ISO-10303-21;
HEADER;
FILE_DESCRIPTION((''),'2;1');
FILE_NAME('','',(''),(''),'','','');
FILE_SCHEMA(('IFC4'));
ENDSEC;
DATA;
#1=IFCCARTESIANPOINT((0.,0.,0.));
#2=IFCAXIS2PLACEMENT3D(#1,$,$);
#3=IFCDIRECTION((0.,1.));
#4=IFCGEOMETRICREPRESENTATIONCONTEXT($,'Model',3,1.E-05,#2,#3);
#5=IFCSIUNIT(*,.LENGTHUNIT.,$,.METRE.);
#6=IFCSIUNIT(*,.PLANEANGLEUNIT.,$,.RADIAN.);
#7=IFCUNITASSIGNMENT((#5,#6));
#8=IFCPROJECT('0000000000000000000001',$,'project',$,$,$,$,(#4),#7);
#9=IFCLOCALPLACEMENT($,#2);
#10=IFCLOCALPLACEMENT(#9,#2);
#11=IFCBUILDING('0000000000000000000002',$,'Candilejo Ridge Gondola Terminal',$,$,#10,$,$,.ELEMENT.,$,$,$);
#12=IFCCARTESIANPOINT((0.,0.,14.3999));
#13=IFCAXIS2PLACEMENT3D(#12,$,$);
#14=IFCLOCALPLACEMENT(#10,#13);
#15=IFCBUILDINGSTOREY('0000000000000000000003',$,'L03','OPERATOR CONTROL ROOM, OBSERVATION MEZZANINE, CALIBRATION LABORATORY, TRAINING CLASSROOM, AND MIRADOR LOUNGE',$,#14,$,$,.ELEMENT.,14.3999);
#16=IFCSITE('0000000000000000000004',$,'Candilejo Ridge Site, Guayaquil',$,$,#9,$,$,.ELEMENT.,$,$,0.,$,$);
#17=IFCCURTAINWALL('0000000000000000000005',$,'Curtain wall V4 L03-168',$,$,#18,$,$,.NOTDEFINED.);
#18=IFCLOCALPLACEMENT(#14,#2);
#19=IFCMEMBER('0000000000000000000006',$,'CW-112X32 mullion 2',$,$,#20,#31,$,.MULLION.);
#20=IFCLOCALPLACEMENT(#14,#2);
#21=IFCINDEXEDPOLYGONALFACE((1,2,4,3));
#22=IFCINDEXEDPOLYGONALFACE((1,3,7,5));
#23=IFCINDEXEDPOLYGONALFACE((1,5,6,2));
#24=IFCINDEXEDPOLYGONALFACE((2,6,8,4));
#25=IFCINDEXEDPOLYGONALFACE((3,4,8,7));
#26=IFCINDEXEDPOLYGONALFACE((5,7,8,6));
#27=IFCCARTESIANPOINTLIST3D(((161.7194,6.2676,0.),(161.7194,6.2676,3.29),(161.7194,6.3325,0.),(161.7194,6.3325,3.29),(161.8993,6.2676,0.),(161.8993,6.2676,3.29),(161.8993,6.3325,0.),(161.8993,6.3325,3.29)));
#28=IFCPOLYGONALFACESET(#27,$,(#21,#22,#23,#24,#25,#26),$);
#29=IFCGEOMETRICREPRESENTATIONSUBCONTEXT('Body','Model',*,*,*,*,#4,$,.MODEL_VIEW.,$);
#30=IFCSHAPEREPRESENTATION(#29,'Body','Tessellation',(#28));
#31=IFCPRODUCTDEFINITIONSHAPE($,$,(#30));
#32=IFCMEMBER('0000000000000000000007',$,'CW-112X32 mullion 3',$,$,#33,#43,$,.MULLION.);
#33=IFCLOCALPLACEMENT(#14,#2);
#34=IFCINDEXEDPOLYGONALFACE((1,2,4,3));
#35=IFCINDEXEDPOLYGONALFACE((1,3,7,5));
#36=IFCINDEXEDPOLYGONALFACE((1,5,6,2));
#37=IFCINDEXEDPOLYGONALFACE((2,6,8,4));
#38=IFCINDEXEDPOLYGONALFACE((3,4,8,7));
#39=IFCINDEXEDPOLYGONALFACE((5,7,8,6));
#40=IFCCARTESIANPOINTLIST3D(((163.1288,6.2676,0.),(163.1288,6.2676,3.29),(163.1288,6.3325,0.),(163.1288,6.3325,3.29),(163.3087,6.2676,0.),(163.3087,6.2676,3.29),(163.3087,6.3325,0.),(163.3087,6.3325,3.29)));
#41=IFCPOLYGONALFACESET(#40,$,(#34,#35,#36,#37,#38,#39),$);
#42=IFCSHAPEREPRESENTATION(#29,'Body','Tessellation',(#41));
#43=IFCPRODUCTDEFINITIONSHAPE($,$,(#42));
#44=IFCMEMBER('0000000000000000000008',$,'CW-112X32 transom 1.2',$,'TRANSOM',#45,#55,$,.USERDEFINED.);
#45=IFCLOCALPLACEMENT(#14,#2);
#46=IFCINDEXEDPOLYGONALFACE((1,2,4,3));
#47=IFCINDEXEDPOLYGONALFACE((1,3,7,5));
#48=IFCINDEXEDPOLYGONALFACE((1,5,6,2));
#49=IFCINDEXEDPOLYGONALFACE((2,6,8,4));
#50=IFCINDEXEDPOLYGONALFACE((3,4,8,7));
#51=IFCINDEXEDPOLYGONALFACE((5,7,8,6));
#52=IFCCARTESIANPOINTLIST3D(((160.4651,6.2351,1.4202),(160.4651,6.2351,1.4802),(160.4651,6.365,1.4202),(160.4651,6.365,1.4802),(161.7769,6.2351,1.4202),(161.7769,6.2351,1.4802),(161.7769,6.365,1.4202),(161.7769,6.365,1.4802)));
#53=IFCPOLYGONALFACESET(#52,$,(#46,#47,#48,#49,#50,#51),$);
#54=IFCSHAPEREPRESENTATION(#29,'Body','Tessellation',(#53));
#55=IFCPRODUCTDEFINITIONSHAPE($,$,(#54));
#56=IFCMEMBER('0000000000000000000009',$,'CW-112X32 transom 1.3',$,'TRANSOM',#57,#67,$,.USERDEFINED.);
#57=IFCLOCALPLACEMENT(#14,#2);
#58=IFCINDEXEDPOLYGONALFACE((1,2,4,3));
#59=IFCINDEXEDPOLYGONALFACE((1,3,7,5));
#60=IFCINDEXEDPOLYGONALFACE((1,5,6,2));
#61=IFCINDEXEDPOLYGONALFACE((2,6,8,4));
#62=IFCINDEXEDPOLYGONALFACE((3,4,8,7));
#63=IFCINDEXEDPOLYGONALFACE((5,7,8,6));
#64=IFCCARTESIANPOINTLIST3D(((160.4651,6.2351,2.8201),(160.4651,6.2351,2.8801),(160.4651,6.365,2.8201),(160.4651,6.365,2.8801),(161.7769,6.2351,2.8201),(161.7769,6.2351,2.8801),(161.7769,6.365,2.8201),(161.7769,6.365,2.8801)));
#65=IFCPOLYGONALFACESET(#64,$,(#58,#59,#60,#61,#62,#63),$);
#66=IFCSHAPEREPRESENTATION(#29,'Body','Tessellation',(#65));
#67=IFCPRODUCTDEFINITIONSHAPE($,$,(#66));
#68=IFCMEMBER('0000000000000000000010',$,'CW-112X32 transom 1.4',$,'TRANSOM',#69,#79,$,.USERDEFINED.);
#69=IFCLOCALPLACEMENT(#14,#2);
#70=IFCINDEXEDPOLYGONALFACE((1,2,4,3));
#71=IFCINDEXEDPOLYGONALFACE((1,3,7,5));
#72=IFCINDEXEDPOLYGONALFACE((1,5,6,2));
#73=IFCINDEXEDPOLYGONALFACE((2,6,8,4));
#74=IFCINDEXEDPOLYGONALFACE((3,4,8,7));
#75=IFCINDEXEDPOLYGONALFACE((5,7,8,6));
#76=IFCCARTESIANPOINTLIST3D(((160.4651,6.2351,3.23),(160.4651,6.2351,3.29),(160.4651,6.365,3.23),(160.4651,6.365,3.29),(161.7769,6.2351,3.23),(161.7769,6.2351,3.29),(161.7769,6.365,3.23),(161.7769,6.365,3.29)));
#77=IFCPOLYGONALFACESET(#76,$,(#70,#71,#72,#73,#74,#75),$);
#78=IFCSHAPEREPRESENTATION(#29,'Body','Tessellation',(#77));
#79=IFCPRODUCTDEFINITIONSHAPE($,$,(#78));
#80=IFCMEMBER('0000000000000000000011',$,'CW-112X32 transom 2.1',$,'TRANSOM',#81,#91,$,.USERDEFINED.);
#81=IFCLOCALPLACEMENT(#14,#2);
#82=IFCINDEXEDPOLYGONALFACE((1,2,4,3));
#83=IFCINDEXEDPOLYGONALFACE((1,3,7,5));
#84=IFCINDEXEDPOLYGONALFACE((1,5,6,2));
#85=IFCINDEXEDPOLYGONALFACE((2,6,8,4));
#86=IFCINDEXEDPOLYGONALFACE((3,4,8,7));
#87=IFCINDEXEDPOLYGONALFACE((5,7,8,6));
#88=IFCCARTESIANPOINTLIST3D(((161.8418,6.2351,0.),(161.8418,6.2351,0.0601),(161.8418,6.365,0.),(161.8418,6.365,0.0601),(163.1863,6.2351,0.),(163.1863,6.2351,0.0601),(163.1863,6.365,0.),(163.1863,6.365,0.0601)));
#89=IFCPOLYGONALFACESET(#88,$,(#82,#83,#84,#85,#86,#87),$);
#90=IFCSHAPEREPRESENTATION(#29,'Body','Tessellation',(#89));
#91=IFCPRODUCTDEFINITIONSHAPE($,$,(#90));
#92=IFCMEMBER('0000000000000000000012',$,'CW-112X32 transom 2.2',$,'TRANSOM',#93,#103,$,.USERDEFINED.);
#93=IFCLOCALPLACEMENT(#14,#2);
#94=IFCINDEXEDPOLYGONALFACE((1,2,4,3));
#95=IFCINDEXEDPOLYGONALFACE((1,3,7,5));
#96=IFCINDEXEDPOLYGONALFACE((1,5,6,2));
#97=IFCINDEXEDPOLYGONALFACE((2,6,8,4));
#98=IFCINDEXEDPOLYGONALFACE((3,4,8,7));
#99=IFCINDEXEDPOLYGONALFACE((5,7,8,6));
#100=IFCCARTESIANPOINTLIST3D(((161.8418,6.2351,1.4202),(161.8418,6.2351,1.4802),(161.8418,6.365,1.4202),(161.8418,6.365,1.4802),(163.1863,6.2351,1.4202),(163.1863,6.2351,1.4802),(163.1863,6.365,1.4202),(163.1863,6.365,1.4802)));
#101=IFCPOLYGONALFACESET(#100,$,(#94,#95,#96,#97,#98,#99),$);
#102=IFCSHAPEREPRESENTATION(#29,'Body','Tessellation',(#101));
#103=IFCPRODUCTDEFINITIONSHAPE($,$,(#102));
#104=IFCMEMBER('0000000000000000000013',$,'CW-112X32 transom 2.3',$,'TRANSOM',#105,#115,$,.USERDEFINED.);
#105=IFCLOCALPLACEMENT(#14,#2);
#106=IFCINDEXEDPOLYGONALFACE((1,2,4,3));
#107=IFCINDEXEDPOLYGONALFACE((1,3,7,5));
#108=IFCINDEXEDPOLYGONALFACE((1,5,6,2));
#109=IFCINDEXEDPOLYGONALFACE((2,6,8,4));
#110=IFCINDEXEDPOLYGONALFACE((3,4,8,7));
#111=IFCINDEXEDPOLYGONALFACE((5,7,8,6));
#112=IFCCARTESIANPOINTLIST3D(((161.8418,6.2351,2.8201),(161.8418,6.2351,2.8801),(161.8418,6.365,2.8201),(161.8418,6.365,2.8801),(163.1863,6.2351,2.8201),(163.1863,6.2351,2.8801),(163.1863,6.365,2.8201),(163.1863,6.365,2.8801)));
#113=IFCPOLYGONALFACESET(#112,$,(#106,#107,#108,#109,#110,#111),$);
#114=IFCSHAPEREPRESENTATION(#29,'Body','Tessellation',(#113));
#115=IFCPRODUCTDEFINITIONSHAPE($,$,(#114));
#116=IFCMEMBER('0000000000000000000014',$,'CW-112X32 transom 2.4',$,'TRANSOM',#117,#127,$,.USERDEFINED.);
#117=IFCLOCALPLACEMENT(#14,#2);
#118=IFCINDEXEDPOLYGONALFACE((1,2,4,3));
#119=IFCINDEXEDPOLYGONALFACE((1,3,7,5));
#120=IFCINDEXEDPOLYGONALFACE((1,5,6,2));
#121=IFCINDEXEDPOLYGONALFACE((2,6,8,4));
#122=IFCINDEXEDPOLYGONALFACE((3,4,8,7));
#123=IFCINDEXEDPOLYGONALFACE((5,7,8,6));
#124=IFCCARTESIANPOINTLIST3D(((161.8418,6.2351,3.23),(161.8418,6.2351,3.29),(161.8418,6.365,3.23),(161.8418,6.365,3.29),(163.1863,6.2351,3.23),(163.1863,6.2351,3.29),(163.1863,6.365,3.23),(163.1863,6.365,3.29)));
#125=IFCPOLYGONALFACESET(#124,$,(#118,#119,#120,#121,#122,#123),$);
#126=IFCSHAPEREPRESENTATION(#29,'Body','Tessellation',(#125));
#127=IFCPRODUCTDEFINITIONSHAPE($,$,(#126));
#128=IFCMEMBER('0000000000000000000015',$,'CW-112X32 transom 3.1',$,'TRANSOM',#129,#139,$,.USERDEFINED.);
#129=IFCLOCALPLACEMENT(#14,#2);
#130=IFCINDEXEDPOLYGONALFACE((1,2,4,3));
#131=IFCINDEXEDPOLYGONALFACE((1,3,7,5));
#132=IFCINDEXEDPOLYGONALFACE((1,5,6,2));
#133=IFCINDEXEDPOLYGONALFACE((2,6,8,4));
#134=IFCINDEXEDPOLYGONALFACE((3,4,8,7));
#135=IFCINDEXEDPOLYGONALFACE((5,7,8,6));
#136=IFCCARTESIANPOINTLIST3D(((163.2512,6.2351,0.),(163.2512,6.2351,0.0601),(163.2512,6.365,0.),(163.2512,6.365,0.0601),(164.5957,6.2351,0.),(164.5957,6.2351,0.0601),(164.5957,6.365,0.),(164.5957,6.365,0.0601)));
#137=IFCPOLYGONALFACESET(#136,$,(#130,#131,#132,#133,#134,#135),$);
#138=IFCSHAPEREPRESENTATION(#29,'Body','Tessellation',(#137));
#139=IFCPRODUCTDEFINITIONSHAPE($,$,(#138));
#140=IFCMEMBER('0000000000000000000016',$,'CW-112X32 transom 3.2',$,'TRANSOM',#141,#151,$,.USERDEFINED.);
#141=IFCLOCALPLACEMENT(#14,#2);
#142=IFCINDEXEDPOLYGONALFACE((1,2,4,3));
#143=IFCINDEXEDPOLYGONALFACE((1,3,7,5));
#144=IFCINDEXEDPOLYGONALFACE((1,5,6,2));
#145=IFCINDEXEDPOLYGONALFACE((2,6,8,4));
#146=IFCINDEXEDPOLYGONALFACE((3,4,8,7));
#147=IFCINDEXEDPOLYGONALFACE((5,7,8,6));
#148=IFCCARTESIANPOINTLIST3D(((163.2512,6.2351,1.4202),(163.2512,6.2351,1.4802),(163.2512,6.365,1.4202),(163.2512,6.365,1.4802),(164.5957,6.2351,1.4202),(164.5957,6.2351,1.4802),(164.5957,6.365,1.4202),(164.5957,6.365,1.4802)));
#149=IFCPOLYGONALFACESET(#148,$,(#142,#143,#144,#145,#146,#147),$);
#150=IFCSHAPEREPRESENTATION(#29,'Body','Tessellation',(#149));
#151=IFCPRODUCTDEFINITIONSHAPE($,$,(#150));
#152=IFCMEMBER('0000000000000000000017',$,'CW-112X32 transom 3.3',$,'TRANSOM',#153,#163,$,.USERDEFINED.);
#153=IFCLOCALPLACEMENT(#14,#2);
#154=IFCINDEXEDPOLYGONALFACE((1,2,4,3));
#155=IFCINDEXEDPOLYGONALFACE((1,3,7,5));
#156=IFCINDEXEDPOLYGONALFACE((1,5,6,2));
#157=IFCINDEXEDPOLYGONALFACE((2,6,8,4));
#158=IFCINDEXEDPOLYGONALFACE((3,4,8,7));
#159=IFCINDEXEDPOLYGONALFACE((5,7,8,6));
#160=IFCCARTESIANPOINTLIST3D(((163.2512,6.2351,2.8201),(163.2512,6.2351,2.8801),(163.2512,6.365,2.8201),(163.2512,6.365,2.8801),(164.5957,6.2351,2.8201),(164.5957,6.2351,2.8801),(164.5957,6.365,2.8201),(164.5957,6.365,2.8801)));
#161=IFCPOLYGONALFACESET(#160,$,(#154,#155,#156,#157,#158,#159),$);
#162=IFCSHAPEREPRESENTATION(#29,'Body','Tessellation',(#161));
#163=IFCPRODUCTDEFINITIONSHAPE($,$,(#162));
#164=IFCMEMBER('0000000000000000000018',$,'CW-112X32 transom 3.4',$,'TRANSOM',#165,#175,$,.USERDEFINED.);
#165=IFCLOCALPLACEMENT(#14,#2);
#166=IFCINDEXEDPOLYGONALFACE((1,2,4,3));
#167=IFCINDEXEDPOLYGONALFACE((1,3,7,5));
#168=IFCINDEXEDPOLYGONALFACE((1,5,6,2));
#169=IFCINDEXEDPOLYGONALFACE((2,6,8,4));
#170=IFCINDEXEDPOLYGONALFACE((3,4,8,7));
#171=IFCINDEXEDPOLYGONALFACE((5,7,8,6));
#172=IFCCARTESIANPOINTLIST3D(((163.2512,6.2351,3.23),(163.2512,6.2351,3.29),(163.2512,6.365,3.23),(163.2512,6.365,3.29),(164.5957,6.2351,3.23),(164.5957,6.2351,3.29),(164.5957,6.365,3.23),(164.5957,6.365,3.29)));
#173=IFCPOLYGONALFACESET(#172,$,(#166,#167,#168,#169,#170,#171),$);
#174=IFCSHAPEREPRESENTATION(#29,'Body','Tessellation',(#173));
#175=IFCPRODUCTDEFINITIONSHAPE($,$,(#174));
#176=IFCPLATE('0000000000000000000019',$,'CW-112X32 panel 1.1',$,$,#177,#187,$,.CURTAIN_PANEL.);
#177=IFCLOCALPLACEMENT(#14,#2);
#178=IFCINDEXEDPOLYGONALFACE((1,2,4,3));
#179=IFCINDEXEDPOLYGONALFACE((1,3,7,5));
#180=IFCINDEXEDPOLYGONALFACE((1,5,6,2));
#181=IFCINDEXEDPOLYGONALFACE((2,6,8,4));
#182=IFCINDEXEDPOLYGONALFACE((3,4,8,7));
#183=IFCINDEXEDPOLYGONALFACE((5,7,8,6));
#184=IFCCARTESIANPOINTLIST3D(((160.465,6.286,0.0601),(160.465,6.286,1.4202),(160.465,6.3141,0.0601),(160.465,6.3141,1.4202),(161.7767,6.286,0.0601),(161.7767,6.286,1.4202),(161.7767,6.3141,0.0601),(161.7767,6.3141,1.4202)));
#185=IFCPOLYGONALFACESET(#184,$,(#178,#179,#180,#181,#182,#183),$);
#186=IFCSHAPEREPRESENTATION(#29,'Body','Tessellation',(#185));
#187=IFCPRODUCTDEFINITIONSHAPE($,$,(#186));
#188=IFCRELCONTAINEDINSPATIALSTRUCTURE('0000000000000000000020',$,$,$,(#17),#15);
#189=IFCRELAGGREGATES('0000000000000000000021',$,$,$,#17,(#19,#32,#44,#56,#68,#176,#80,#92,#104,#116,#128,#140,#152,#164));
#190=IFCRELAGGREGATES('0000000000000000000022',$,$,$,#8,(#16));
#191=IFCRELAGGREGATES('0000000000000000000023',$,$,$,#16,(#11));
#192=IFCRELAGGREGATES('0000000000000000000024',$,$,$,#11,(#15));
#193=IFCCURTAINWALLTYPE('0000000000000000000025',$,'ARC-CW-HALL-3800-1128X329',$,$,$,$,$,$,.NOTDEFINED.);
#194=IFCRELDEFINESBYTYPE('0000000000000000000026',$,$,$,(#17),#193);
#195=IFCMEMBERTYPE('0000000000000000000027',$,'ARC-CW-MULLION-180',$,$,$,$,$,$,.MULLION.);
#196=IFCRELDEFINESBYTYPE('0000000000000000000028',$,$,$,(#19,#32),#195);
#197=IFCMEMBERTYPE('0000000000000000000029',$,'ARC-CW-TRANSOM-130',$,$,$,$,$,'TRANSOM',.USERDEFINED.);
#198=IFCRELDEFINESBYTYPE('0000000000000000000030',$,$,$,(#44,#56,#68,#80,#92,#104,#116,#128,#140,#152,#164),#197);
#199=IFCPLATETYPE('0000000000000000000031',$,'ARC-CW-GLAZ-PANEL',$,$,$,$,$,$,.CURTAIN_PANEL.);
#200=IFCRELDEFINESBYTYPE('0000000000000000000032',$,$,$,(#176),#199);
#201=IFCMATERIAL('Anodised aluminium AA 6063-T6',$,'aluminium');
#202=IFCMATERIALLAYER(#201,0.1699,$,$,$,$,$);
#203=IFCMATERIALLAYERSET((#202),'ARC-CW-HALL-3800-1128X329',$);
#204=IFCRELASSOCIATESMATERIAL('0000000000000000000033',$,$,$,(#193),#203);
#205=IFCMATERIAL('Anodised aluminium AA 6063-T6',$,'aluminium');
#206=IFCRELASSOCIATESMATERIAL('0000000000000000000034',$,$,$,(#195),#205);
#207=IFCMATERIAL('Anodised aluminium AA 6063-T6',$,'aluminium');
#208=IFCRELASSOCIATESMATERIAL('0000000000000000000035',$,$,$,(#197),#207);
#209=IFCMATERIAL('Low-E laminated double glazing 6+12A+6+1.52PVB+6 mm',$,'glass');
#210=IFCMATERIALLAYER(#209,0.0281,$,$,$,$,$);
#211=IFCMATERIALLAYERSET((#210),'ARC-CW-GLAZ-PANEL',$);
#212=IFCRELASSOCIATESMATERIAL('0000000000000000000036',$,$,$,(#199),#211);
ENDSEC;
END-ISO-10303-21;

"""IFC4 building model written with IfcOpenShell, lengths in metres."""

from ifc_helpers import new_model, si_unit, direction, frame, origin, origin_2d, place, context, subcontext, project, spatial, rectangle, extrude, material, layer, layer_set, material_profile, profile_set, type_object, element, aggregate, save


model = new_model("IFC4")

# Units and contexts
model_context = context("Model", 3, precision=1e-05, world=origin(), true_north=direction((0.0, 1.0)))
body_context = subcontext(model_context, "Body", "Model", "MODEL_VIEW")
ifc_project = project(units=[si_unit("LENGTHUNIT", "METRE"), si_unit("PLANEANGLEUNIT", "RADIAN")], contexts=[model_context])

# Site, building, storey
site_placement = place(None, origin())
site = spatial("IfcSite", under=ifc_project, at=site_placement, Name="Candilejo Ridge Site, Guayaquil", CompositionType="ELEMENT", RefElevation=0.0)
building_placement = place(site_placement, origin())
building = spatial("IfcBuilding", under=site, at=building_placement, Name="Candilejo Ridge Gondola Terminal", CompositionType="ELEMENT")
storey_placement = place(building_placement, frame((0.0, 0.0, 14.3999)))
storey = spatial("IfcBuildingStorey", under=building, at=storey_placement, Name="L03", Description="OPERATOR CONTROL ROOM, OBSERVATION MEZZANINE, CALIBRATION LABORATORY, TRAINING CLASSROOM, AND MIRADOR LOUNGE", CompositionType="ELEMENT", Elevation=14.3999)

# Curtain wall, members, plate
ifc_material_1 = material(Name="Anodised aluminium AA 6063-T6", Category="aluminium")
ifc_layer_1 = layer(ifc_material_1, 0.1699)
ifc_layer_set_1 = layer_set([ifc_layer_1], Name="ARC-CW-HALL-3800-1128X329")
curtain_wall_type = type_object("IfcCurtainWallType", Name="ARC-CW-HALL-3800-1128X329", PredefinedType="NOTDEFINED", material=ifc_layer_set_1)
curtain_wall_placement = place(storey_placement, origin())
curtain_wall = element("IfcCurtainWall", 1, at=curtain_wall_placement, inside=storey, type_object=curtain_wall_type, Name="Curtain wall V4 L03-168", PredefinedType="NOTDEFINED")
ifc_material_2 = material(Name="Anodised aluminium AA 6063-T6", Category="aluminium")
ifc_material_profile_1 = material_profile(ifc_material_2, rectangle(XDim=0.0649, YDim=0.1799, at=origin_2d()))
ifc_profile_set_1 = profile_set([ifc_material_profile_1], Name="Anodised aluminium AA 6063-T6")
member_type_1 = type_object("IfcMemberType", Name="ARC-CW-MULLION-180", PredefinedType="MULLION", material=ifc_profile_set_1)
member_1_placement = place(storey_placement, frame((161.8093, 6.3, 0.0), z_axis=(0.0, 0.0, 1.0), x_axis=(0.0, 1.0, 0.0)))
member_1 = element("IfcMember", 2, at=member_1_placement, type_object=member_type_1, Name="CW-112X32 mullion 2", PredefinedType="MULLION", context=body_context, shape_type="SweptSolid", body=[
    extrude(rectangle(XDim=0.0649, YDim=0.1799, at=origin_2d()), origin(), (0.0, 0.0, 1.0), 3.29),
])
member_2_placement = place(storey_placement, frame((163.2188, 6.3, 0.0), z_axis=(0.0, 0.0, 1.0), x_axis=(0.0, 1.0, 0.0)))
member_2 = element("IfcMember", 3, at=member_2_placement, type_object=member_type_1, Name="CW-112X32 mullion 3", PredefinedType="MULLION", context=body_context, shape_type="SweptSolid", body=[
    extrude(rectangle(XDim=0.0649, YDim=0.1799, at=origin_2d()), origin(), (0.0, 0.0, 1.0), 3.29),
])
ifc_material_3 = material(Name="Anodised aluminium AA 6063-T6", Category="aluminium")
ifc_material_profile_2 = material_profile(ifc_material_3, rectangle(XDim=0.1299, YDim=0.0601, at=origin_2d()))
ifc_profile_set_2 = profile_set([ifc_material_profile_2], Name="Anodised aluminium AA 6063-T6")
member_type_2 = type_object("IfcMemberType", Name="ARC-CW-TRANSOM-130", ElementType="TRANSOM", PredefinedType="USERDEFINED", material=ifc_profile_set_2)
member_3_placement = place(storey_placement, frame((160.4651, 6.3, 1.4502), z_axis=(1.0, 0.0, 0.0), x_axis=(0.0, 1.0, 0.0)))
member_3 = element("IfcMember", 4, at=member_3_placement, type_object=member_type_2, Name="CW-112X32 transom 1.2", ObjectType="TRANSOM", PredefinedType="USERDEFINED", context=body_context, shape_type="SweptSolid", body=[
    extrude(rectangle(XDim=0.1299, YDim=0.0601, at=origin_2d()), origin(), (0.0, 0.0, 1.0), 1.3118),
])
member_4_placement = place(storey_placement, frame((160.4651, 6.3, 2.8501), z_axis=(1.0, 0.0, 0.0), x_axis=(0.0, 1.0, 0.0)))
member_4 = element("IfcMember", 5, at=member_4_placement, type_object=member_type_2, Name="CW-112X32 transom 1.3", ObjectType="TRANSOM", PredefinedType="USERDEFINED", context=body_context, shape_type="SweptSolid", body=[
    extrude(rectangle(XDim=0.1299, YDim=0.0601, at=origin_2d()), origin(), (0.0, 0.0, 1.0), 1.3118),
])
member_5_placement = place(storey_placement, frame((160.4651, 6.3, 3.26), z_axis=(1.0, 0.0, 0.0), x_axis=(0.0, 1.0, 0.0)))
member_5 = element("IfcMember", 6, at=member_5_placement, type_object=member_type_2, Name="CW-112X32 transom 1.4", ObjectType="TRANSOM", PredefinedType="USERDEFINED", context=body_context, shape_type="SweptSolid", body=[
    extrude(rectangle(XDim=0.1299, YDim=0.0601, at=origin_2d()), origin(), (0.0, 0.0, 1.0), 1.3118),
])
member_6_placement = place(storey_placement, frame((161.8418, 6.3, 0.03), z_axis=(1.0, 0.0, 0.0), x_axis=(0.0, 1.0, 0.0)))
member_6 = element("IfcMember", 7, at=member_6_placement, type_object=member_type_2, Name="CW-112X32 transom 2.1", ObjectType="TRANSOM", PredefinedType="USERDEFINED", context=body_context, shape_type="SweptSolid", body=[
    extrude(rectangle(XDim=0.1299, YDim=0.0601, at=origin_2d()), origin(), (0.0, 0.0, 1.0), 1.3445),
])
member_7_placement = place(storey_placement, frame((161.8418, 6.3, 1.4502), z_axis=(1.0, 0.0, 0.0), x_axis=(0.0, 1.0, 0.0)))
member_7 = element("IfcMember", 8, at=member_7_placement, type_object=member_type_2, Name="CW-112X32 transom 2.2", ObjectType="TRANSOM", PredefinedType="USERDEFINED", context=body_context, shape_type="SweptSolid", body=[
    extrude(rectangle(XDim=0.1299, YDim=0.0601, at=origin_2d()), origin(), (0.0, 0.0, 1.0), 1.3445),
])
member_8_placement = place(storey_placement, frame((161.8418, 6.3, 2.8501), z_axis=(1.0, 0.0, 0.0), x_axis=(0.0, 1.0, 0.0)))
member_8 = element("IfcMember", 9, at=member_8_placement, type_object=member_type_2, Name="CW-112X32 transom 2.3", ObjectType="TRANSOM", PredefinedType="USERDEFINED", context=body_context, shape_type="SweptSolid", body=[
    extrude(rectangle(XDim=0.1299, YDim=0.0601, at=origin_2d()), origin(), (0.0, 0.0, 1.0), 1.3445),
])
member_9_placement = place(storey_placement, frame((161.8418, 6.3, 3.26), z_axis=(1.0, 0.0, 0.0), x_axis=(0.0, 1.0, 0.0)))
member_9 = element("IfcMember", 10, at=member_9_placement, type_object=member_type_2, Name="CW-112X32 transom 2.4", ObjectType="TRANSOM", PredefinedType="USERDEFINED", context=body_context, shape_type="SweptSolid", body=[
    extrude(rectangle(XDim=0.1299, YDim=0.0601, at=origin_2d()), origin(), (0.0, 0.0, 1.0), 1.3445),
])
member_10_placement = place(storey_placement, frame((163.2512, 6.3, 0.03), z_axis=(1.0, 0.0, 0.0), x_axis=(0.0, 1.0, 0.0)))
member_10 = element("IfcMember", 11, at=member_10_placement, type_object=member_type_2, Name="CW-112X32 transom 3.1", ObjectType="TRANSOM", PredefinedType="USERDEFINED", context=body_context, shape_type="SweptSolid", body=[
    extrude(rectangle(XDim=0.1299, YDim=0.0601, at=origin_2d()), origin(), (0.0, 0.0, 1.0), 1.3445),
])
member_11_placement = place(storey_placement, frame((163.2512, 6.3, 1.4502), z_axis=(1.0, 0.0, 0.0), x_axis=(0.0, 1.0, 0.0)))
member_11 = element("IfcMember", 12, at=member_11_placement, type_object=member_type_2, Name="CW-112X32 transom 3.2", ObjectType="TRANSOM", PredefinedType="USERDEFINED", context=body_context, shape_type="SweptSolid", body=[
    extrude(rectangle(XDim=0.1299, YDim=0.0601, at=origin_2d()), origin(), (0.0, 0.0, 1.0), 1.3445),
])
member_12_placement = place(storey_placement, frame((163.2512, 6.3, 2.8501), z_axis=(1.0, 0.0, 0.0), x_axis=(0.0, 1.0, 0.0)))
member_12 = element("IfcMember", 13, at=member_12_placement, type_object=member_type_2, Name="CW-112X32 transom 3.3", ObjectType="TRANSOM", PredefinedType="USERDEFINED", context=body_context, shape_type="SweptSolid", body=[
    extrude(rectangle(XDim=0.1299, YDim=0.0601, at=origin_2d()), origin(), (0.0, 0.0, 1.0), 1.3445),
])
member_13_placement = place(storey_placement, frame((163.2512, 6.3, 3.26), z_axis=(1.0, 0.0, 0.0), x_axis=(0.0, 1.0, 0.0)))
member_13 = element("IfcMember", 14, at=member_13_placement, type_object=member_type_2, Name="CW-112X32 transom 3.4", ObjectType="TRANSOM", PredefinedType="USERDEFINED", context=body_context, shape_type="SweptSolid", body=[
    extrude(rectangle(XDim=0.1299, YDim=0.0601, at=origin_2d()), origin(), (0.0, 0.0, 1.0), 1.3445),
])
ifc_material_4 = material(Name="Low-E laminated double glazing 6+12A+6+1.52PVB+6 mm", Category="glass")
ifc_layer_2 = layer(ifc_material_4, 0.0281)
ifc_layer_set_2 = layer_set([ifc_layer_2], Name="ARC-CW-GLAZ-PANEL")
plate_type = type_object("IfcPlateType", Name="ARC-CW-GLAZ-PANEL", PredefinedType="CURTAIN_PANEL", material=ifc_layer_set_2)
plate_1_placement = place(storey_placement, frame((161.1208, 6.3, 0.0601), z_axis=(0.0, 0.0, 1.0), x_axis=(1.0, 0.0, 0.0)))
plate_1 = element("IfcPlate", 15, at=plate_1_placement, type_object=plate_type, Name="CW-112X32 panel 1.1", PredefinedType="CURTAIN_PANEL", context=body_context, shape_type="SweptSolid", body=[
    extrude(rectangle(XDim=1.3118, YDim=0.0281, at=origin_2d()), origin(), (0.0, 0.0, 1.0), 1.3601),
])
aggregate(curtain_wall, [member_1, member_2, member_3, member_4, member_5, plate_1, member_6, member_7, member_8, member_9, member_10, member_11, member_12, member_13])

save(model, "model.ifc")
